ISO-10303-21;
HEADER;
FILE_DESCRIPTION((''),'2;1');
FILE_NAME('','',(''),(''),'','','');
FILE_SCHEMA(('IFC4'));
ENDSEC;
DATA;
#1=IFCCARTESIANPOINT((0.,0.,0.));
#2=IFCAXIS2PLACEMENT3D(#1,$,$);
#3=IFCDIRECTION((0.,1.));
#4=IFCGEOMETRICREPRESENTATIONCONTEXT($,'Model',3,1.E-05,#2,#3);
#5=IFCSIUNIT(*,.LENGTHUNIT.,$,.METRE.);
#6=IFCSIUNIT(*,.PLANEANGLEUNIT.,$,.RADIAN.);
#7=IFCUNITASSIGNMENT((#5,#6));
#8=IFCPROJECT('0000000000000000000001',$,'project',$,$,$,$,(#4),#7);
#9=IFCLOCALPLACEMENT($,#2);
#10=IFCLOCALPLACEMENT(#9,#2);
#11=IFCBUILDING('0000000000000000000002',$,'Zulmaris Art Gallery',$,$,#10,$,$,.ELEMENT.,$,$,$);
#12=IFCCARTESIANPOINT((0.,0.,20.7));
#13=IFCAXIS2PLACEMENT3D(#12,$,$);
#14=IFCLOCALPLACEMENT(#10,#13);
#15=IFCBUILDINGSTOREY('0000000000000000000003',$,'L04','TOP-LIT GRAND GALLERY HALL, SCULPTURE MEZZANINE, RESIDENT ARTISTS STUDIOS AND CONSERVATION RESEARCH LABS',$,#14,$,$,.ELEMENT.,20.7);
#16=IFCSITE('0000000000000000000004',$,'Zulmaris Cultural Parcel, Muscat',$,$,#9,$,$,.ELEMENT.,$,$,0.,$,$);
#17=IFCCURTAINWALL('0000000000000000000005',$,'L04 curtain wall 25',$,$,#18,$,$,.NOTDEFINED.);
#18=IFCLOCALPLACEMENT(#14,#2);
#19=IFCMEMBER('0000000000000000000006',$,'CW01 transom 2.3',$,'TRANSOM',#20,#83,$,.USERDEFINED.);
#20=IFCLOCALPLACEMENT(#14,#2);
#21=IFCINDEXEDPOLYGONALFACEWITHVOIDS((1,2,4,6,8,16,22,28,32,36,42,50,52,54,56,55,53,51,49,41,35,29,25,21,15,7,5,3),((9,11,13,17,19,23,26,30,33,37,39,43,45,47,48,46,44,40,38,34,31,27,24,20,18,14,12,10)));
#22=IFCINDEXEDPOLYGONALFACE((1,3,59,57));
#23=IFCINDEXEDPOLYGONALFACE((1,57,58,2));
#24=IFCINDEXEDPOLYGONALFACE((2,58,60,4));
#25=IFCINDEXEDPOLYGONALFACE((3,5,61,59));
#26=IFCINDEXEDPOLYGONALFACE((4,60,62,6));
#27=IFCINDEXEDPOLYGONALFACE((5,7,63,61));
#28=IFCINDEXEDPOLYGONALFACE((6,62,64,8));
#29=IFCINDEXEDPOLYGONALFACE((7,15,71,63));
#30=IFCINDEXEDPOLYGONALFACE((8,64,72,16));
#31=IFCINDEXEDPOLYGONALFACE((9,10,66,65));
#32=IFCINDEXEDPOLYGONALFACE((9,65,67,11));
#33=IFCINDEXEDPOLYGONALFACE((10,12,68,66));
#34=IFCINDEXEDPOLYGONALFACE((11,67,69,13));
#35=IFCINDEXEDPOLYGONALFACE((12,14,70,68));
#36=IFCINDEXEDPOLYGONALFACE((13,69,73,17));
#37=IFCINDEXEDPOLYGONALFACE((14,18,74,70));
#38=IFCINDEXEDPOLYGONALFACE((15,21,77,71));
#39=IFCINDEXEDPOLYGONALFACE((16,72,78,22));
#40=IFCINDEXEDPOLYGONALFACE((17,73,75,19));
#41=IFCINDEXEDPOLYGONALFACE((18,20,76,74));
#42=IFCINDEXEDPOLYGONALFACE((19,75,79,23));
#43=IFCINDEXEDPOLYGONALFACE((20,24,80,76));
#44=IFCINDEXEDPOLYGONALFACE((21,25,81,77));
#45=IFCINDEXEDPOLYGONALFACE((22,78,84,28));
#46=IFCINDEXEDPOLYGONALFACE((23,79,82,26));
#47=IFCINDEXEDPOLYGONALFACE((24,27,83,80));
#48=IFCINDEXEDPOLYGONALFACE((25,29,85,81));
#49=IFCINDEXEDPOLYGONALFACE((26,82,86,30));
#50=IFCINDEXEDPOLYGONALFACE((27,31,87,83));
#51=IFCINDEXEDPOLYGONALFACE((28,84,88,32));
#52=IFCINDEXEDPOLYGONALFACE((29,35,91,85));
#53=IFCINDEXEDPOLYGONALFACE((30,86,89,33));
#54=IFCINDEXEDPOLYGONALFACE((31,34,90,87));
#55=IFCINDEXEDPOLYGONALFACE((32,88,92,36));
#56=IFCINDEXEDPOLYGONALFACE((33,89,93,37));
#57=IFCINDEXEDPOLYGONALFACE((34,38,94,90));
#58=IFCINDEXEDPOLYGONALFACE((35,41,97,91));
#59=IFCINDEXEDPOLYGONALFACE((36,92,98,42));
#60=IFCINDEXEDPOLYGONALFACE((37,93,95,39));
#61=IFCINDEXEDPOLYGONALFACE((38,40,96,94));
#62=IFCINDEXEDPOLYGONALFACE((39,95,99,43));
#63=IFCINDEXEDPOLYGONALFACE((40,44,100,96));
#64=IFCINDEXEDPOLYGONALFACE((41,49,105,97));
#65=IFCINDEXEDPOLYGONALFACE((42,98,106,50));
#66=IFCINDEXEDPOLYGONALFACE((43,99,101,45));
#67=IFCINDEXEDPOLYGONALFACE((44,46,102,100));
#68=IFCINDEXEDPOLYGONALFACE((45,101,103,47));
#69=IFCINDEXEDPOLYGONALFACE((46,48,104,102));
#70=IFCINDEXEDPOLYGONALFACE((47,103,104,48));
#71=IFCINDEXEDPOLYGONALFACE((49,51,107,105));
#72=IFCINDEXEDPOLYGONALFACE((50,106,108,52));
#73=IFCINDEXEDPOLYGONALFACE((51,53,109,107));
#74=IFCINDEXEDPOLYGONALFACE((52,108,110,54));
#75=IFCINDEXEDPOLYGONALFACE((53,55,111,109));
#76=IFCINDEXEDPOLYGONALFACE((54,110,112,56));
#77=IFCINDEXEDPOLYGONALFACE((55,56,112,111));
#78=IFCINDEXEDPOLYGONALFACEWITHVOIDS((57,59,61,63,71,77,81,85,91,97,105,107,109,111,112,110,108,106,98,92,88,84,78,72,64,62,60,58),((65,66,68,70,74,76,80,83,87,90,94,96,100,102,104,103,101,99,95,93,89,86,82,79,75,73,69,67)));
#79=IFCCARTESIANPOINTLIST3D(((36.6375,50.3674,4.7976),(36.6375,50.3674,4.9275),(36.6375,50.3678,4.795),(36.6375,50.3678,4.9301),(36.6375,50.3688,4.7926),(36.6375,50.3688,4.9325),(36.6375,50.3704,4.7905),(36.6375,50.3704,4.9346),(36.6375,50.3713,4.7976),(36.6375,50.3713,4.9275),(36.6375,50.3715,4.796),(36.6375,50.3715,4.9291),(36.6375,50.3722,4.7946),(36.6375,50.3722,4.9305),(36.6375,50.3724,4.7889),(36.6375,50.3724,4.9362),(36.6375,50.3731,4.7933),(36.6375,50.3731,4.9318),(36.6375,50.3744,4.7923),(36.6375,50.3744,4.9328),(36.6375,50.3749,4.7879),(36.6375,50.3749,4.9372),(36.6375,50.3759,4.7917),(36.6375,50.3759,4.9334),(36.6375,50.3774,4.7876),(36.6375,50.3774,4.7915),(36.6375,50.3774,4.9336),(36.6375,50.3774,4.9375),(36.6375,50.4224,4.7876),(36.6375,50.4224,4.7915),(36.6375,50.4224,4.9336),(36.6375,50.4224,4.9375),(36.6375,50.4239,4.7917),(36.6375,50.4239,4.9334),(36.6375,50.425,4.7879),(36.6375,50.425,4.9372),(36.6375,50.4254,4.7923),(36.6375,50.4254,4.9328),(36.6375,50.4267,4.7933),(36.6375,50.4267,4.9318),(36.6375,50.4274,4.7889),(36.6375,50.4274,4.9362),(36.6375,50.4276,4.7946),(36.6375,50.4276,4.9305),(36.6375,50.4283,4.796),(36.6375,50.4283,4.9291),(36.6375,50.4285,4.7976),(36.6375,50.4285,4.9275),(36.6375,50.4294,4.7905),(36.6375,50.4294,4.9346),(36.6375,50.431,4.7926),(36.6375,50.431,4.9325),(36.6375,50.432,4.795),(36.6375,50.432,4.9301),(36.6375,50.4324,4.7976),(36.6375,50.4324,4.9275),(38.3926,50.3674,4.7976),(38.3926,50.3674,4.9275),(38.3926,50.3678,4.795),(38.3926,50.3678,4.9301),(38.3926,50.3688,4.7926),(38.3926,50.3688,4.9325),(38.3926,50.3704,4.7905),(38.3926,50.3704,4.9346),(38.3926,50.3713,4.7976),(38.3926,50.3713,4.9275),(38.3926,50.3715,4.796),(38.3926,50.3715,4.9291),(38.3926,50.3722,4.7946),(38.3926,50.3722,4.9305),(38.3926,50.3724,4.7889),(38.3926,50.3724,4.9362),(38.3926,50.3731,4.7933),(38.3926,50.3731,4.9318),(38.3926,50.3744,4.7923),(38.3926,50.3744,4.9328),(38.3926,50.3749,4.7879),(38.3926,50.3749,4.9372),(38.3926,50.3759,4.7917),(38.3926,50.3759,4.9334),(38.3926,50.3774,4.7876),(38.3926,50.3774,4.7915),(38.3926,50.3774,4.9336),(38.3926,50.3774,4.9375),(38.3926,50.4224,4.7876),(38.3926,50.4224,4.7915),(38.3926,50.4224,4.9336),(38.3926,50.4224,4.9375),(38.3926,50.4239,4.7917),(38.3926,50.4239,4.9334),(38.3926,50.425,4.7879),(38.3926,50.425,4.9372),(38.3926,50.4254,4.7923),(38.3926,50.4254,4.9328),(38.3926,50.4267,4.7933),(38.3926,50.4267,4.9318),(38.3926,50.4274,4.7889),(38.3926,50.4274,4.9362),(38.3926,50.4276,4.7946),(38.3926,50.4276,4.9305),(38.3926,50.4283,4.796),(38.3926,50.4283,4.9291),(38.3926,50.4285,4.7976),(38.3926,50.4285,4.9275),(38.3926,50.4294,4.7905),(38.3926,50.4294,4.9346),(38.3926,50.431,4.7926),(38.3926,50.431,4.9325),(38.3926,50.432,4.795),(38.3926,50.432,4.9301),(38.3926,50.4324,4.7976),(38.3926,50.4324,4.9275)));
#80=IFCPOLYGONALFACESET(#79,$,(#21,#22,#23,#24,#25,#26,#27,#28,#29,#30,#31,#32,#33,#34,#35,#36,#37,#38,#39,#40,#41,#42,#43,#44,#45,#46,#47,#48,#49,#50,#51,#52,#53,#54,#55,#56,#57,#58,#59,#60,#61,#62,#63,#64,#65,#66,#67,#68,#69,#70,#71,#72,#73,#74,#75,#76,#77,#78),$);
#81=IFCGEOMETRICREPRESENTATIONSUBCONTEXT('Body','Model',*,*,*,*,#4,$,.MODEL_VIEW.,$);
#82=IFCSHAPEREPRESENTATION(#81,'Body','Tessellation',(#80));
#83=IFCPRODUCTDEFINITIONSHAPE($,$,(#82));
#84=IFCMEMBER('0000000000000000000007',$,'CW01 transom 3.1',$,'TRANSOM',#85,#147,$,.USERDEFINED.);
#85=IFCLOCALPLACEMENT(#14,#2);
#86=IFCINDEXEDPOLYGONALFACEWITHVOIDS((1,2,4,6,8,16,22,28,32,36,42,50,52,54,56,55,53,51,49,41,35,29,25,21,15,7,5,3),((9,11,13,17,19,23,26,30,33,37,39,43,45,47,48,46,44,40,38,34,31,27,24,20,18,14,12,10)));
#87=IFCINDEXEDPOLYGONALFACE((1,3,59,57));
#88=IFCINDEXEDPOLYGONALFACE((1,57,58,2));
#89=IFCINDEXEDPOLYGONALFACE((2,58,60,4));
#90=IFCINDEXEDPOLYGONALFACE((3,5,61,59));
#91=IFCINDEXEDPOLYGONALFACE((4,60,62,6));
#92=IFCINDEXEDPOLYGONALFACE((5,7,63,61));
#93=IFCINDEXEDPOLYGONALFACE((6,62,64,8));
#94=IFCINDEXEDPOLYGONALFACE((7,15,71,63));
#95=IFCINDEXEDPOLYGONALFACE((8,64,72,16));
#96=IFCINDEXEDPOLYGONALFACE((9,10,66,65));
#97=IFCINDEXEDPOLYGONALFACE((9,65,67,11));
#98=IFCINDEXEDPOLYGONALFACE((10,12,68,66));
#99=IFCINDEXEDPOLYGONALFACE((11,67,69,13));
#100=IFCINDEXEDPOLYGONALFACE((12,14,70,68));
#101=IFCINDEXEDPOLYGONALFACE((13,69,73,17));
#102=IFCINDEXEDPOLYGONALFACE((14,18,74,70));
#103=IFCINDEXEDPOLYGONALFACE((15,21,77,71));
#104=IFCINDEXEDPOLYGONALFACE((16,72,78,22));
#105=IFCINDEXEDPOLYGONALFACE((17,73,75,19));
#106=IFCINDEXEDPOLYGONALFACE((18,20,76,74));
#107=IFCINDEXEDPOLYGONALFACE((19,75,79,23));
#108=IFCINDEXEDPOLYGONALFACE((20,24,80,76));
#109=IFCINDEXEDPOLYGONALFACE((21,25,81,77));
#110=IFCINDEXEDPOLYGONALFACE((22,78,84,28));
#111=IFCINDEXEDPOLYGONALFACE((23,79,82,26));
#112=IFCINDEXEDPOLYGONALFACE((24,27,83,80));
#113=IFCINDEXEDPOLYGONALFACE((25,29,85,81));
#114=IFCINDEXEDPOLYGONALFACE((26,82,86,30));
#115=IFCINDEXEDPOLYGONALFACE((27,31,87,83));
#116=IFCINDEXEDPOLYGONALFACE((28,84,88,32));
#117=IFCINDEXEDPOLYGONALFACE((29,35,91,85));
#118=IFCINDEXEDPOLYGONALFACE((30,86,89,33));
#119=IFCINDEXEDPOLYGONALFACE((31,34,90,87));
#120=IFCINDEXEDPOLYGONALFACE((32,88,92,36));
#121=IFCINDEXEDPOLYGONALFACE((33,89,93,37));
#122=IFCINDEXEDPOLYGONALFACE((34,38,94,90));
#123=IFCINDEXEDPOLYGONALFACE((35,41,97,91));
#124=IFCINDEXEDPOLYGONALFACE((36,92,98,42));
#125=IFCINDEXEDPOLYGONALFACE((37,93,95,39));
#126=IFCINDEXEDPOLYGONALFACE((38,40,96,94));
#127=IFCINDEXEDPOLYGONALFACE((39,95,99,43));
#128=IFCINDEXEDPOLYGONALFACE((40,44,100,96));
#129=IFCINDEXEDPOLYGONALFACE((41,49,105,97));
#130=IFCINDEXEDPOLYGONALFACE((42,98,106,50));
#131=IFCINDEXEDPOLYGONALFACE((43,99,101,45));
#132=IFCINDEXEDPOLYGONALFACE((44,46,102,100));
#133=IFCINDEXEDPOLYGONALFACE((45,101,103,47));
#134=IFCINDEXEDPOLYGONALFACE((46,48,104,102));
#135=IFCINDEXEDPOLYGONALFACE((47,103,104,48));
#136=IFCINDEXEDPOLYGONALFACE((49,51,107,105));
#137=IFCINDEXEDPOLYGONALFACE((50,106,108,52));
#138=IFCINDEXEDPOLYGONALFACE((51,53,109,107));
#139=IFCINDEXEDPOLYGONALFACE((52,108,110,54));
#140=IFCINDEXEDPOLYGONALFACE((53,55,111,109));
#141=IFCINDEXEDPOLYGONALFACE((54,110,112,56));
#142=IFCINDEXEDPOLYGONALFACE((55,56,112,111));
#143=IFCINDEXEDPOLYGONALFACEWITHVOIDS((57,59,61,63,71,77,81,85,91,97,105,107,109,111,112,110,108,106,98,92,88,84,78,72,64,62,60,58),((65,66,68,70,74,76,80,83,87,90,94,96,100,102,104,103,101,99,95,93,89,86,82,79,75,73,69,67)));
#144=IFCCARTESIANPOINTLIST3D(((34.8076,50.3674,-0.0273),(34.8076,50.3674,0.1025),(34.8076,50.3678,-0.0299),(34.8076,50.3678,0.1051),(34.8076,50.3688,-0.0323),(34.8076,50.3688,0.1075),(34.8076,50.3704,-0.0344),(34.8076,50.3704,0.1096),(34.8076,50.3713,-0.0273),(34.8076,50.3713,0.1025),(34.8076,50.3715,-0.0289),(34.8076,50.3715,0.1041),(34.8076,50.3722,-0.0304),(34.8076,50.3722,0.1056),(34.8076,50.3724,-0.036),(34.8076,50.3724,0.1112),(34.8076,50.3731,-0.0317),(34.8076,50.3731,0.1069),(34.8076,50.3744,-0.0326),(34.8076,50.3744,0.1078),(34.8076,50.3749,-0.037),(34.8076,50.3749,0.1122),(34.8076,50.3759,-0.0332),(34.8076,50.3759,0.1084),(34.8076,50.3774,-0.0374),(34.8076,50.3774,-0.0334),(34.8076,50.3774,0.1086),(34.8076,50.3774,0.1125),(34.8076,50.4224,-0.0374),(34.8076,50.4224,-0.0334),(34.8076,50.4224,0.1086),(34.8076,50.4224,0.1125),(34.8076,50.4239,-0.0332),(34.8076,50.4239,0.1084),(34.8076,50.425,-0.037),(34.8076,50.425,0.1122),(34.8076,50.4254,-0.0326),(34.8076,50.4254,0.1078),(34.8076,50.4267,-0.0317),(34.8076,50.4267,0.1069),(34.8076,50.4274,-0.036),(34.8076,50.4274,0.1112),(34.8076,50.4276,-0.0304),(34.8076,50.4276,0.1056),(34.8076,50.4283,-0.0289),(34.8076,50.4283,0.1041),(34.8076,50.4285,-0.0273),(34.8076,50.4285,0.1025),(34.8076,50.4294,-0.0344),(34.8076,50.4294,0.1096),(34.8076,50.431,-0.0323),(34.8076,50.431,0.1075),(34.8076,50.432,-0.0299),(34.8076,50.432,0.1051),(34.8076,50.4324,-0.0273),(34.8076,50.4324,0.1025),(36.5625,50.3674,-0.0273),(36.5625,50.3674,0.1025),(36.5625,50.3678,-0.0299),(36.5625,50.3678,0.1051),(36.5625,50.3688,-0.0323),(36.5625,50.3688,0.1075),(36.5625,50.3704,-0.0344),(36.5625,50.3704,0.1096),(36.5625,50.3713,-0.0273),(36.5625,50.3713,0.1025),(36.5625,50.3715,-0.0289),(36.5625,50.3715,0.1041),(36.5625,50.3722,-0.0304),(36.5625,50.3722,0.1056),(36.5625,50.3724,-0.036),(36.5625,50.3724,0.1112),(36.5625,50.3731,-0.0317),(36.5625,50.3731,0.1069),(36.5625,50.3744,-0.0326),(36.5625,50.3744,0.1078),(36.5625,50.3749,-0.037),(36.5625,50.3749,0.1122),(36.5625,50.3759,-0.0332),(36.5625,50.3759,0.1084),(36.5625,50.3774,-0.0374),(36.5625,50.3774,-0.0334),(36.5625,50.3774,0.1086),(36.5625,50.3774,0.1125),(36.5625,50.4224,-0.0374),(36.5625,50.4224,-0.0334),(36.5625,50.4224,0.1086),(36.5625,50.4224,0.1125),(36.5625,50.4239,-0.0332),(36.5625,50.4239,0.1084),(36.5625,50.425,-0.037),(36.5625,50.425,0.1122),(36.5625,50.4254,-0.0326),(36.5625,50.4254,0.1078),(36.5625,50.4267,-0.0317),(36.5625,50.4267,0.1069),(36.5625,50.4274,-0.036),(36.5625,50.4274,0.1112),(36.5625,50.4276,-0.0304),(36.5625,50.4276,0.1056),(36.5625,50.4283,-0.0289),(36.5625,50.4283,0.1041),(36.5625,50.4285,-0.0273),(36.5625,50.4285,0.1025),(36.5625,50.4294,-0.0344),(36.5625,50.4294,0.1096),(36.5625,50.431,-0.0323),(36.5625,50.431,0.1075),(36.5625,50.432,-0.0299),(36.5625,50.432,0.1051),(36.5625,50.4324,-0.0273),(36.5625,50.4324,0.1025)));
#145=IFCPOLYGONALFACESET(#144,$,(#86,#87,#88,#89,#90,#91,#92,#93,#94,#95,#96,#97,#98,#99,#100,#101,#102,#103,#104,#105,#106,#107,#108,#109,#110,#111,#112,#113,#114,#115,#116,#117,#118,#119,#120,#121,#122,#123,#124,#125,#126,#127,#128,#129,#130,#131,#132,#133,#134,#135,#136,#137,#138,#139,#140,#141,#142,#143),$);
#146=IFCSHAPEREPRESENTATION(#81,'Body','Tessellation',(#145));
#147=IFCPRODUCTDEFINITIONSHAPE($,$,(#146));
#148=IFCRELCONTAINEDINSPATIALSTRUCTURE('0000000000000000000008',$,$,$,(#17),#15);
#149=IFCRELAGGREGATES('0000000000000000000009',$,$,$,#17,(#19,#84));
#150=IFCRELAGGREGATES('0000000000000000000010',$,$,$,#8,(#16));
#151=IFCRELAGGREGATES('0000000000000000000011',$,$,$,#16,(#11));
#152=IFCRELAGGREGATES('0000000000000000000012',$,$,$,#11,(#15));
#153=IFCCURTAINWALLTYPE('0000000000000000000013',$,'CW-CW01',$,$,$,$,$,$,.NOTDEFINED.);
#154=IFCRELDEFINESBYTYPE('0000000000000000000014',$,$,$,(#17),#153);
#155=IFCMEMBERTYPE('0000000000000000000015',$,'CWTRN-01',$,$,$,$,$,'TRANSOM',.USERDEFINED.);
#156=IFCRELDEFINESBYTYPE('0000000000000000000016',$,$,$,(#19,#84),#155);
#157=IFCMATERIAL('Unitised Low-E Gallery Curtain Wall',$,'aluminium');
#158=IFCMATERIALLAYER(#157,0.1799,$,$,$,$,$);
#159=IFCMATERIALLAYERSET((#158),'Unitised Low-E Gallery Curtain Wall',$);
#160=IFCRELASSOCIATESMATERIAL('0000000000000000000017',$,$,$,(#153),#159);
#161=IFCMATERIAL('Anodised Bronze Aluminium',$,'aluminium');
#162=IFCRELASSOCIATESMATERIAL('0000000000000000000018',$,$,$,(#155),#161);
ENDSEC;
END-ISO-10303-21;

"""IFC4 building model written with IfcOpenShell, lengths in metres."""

from ifc_helpers import new_model, si_unit, direction, frame, origin, origin_2d, place, context, subcontext, project, spatial, hollow_rectangle, extrude, material, layer, layer_set, material_profile, profile_set, type_object, element, aggregate, save


model = new_model("IFC4")

# Units and contexts
model_context = context("Model", 3, precision=1e-05, world=origin(), true_north=direction((0.0, 1.0)))
body_context = subcontext(model_context, "Body", "Model", "MODEL_VIEW")
ifc_project = project(units=[si_unit("LENGTHUNIT", "METRE"), si_unit("PLANEANGLEUNIT", "RADIAN")], contexts=[model_context])

# Site, building, storey
site_placement = place(None, origin())
site = spatial("IfcSite", under=ifc_project, at=site_placement, Name="Zulmaris Cultural Parcel, Muscat", CompositionType="ELEMENT", RefElevation=0.0)
building_placement = place(site_placement, origin())
building = spatial("IfcBuilding", under=site, at=building_placement, Name="Zulmaris Art Gallery", CompositionType="ELEMENT")
storey_placement = place(building_placement, frame((0.0, 0.0, 20.7)))
storey = spatial("IfcBuildingStorey", under=building, at=storey_placement, Name="L04", Description="TOP-LIT GRAND GALLERY HALL, SCULPTURE MEZZANINE, RESIDENT ARTISTS STUDIOS AND CONSERVATION RESEARCH LABS", CompositionType="ELEMENT", Elevation=20.7)

# Curtain wall, members
ifc_material_1 = material(Name="Unitised Low-E Gallery Curtain Wall", Category="aluminium")
ifc_layer_1 = layer(ifc_material_1, 0.1799)
ifc_layer_set_1 = layer_set([ifc_layer_1], Name="Unitised Low-E Gallery Curtain Wall")
curtain_wall_type = type_object("IfcCurtainWallType", Name="CW-CW01", PredefinedType="NOTDEFINED", material=ifc_layer_set_1)
curtain_wall_placement = place(storey_placement, origin())
curtain_wall = element("IfcCurtainWall", 1, at=curtain_wall_placement, inside=storey, type_object=curtain_wall_type, Name="L04 curtain wall 25", PredefinedType="NOTDEFINED")
ifc_material_2 = material(Name="Anodised Bronze Aluminium", Category="aluminium")
ifc_material_profile_1 = material_profile(ifc_material_2, hollow_rectangle(XDim=0.0649, YDim=0.1499, WallThickness=0.0039, InnerFilletRadius=0.0061, OuterFilletRadius=0.01, at=origin_2d()), Name="ALU 65x150x4")
ifc_profile_set_1 = profile_set([ifc_material_profile_1], Name="Anodised Bronze Aluminium")
member_type_1 = type_object("IfcMemberType", Name="CWTRN-01", ElementType="TRANSOM", PredefinedType="USERDEFINED", material=ifc_profile_set_1)
member_1_placement = place(storey_placement, frame((38.3926, 50.3999, 4.8625), z_axis=(-1.0, 0.0, 0.0), x_axis=(0.0, -1.0, 0.0)))
member_1 = element("IfcMember", 2, at=member_1_placement, type_object=member_type_1, Name="CW01 transom 2.3", ObjectType="TRANSOM", PredefinedType="USERDEFINED", context=body_context, shape_type="SweptSolid", body=[
    extrude(hollow_rectangle(XDim=0.0649, YDim=0.1499, WallThickness=0.0039, InnerFilletRadius=0.0061, OuterFilletRadius=0.01, at=origin_2d()), origin(), (0.0, 0.0, 1.0), 1.7551),
])
member_2_placement = place(storey_placement, frame((36.5625, 50.3999, 0.0376), z_axis=(-1.0, 0.0, 0.0), x_axis=(0.0, -1.0, 0.0)))
member_2 = element("IfcMember", 3, at=member_2_placement, type_object=member_type_1, Name="CW01 transom 3.1", ObjectType="TRANSOM", PredefinedType="USERDEFINED", context=body_context, shape_type="SweptSolid", body=[
    extrude(hollow_rectangle(XDim=0.0649, YDim=0.1499, WallThickness=0.0039, InnerFilletRadius=0.0061, OuterFilletRadius=0.01, at=origin_2d()), origin(), (0.0, 0.0, 1.0), 1.7549),
])
aggregate(curtain_wall, [member_1, member_2])

save(model, "model.ifc")
